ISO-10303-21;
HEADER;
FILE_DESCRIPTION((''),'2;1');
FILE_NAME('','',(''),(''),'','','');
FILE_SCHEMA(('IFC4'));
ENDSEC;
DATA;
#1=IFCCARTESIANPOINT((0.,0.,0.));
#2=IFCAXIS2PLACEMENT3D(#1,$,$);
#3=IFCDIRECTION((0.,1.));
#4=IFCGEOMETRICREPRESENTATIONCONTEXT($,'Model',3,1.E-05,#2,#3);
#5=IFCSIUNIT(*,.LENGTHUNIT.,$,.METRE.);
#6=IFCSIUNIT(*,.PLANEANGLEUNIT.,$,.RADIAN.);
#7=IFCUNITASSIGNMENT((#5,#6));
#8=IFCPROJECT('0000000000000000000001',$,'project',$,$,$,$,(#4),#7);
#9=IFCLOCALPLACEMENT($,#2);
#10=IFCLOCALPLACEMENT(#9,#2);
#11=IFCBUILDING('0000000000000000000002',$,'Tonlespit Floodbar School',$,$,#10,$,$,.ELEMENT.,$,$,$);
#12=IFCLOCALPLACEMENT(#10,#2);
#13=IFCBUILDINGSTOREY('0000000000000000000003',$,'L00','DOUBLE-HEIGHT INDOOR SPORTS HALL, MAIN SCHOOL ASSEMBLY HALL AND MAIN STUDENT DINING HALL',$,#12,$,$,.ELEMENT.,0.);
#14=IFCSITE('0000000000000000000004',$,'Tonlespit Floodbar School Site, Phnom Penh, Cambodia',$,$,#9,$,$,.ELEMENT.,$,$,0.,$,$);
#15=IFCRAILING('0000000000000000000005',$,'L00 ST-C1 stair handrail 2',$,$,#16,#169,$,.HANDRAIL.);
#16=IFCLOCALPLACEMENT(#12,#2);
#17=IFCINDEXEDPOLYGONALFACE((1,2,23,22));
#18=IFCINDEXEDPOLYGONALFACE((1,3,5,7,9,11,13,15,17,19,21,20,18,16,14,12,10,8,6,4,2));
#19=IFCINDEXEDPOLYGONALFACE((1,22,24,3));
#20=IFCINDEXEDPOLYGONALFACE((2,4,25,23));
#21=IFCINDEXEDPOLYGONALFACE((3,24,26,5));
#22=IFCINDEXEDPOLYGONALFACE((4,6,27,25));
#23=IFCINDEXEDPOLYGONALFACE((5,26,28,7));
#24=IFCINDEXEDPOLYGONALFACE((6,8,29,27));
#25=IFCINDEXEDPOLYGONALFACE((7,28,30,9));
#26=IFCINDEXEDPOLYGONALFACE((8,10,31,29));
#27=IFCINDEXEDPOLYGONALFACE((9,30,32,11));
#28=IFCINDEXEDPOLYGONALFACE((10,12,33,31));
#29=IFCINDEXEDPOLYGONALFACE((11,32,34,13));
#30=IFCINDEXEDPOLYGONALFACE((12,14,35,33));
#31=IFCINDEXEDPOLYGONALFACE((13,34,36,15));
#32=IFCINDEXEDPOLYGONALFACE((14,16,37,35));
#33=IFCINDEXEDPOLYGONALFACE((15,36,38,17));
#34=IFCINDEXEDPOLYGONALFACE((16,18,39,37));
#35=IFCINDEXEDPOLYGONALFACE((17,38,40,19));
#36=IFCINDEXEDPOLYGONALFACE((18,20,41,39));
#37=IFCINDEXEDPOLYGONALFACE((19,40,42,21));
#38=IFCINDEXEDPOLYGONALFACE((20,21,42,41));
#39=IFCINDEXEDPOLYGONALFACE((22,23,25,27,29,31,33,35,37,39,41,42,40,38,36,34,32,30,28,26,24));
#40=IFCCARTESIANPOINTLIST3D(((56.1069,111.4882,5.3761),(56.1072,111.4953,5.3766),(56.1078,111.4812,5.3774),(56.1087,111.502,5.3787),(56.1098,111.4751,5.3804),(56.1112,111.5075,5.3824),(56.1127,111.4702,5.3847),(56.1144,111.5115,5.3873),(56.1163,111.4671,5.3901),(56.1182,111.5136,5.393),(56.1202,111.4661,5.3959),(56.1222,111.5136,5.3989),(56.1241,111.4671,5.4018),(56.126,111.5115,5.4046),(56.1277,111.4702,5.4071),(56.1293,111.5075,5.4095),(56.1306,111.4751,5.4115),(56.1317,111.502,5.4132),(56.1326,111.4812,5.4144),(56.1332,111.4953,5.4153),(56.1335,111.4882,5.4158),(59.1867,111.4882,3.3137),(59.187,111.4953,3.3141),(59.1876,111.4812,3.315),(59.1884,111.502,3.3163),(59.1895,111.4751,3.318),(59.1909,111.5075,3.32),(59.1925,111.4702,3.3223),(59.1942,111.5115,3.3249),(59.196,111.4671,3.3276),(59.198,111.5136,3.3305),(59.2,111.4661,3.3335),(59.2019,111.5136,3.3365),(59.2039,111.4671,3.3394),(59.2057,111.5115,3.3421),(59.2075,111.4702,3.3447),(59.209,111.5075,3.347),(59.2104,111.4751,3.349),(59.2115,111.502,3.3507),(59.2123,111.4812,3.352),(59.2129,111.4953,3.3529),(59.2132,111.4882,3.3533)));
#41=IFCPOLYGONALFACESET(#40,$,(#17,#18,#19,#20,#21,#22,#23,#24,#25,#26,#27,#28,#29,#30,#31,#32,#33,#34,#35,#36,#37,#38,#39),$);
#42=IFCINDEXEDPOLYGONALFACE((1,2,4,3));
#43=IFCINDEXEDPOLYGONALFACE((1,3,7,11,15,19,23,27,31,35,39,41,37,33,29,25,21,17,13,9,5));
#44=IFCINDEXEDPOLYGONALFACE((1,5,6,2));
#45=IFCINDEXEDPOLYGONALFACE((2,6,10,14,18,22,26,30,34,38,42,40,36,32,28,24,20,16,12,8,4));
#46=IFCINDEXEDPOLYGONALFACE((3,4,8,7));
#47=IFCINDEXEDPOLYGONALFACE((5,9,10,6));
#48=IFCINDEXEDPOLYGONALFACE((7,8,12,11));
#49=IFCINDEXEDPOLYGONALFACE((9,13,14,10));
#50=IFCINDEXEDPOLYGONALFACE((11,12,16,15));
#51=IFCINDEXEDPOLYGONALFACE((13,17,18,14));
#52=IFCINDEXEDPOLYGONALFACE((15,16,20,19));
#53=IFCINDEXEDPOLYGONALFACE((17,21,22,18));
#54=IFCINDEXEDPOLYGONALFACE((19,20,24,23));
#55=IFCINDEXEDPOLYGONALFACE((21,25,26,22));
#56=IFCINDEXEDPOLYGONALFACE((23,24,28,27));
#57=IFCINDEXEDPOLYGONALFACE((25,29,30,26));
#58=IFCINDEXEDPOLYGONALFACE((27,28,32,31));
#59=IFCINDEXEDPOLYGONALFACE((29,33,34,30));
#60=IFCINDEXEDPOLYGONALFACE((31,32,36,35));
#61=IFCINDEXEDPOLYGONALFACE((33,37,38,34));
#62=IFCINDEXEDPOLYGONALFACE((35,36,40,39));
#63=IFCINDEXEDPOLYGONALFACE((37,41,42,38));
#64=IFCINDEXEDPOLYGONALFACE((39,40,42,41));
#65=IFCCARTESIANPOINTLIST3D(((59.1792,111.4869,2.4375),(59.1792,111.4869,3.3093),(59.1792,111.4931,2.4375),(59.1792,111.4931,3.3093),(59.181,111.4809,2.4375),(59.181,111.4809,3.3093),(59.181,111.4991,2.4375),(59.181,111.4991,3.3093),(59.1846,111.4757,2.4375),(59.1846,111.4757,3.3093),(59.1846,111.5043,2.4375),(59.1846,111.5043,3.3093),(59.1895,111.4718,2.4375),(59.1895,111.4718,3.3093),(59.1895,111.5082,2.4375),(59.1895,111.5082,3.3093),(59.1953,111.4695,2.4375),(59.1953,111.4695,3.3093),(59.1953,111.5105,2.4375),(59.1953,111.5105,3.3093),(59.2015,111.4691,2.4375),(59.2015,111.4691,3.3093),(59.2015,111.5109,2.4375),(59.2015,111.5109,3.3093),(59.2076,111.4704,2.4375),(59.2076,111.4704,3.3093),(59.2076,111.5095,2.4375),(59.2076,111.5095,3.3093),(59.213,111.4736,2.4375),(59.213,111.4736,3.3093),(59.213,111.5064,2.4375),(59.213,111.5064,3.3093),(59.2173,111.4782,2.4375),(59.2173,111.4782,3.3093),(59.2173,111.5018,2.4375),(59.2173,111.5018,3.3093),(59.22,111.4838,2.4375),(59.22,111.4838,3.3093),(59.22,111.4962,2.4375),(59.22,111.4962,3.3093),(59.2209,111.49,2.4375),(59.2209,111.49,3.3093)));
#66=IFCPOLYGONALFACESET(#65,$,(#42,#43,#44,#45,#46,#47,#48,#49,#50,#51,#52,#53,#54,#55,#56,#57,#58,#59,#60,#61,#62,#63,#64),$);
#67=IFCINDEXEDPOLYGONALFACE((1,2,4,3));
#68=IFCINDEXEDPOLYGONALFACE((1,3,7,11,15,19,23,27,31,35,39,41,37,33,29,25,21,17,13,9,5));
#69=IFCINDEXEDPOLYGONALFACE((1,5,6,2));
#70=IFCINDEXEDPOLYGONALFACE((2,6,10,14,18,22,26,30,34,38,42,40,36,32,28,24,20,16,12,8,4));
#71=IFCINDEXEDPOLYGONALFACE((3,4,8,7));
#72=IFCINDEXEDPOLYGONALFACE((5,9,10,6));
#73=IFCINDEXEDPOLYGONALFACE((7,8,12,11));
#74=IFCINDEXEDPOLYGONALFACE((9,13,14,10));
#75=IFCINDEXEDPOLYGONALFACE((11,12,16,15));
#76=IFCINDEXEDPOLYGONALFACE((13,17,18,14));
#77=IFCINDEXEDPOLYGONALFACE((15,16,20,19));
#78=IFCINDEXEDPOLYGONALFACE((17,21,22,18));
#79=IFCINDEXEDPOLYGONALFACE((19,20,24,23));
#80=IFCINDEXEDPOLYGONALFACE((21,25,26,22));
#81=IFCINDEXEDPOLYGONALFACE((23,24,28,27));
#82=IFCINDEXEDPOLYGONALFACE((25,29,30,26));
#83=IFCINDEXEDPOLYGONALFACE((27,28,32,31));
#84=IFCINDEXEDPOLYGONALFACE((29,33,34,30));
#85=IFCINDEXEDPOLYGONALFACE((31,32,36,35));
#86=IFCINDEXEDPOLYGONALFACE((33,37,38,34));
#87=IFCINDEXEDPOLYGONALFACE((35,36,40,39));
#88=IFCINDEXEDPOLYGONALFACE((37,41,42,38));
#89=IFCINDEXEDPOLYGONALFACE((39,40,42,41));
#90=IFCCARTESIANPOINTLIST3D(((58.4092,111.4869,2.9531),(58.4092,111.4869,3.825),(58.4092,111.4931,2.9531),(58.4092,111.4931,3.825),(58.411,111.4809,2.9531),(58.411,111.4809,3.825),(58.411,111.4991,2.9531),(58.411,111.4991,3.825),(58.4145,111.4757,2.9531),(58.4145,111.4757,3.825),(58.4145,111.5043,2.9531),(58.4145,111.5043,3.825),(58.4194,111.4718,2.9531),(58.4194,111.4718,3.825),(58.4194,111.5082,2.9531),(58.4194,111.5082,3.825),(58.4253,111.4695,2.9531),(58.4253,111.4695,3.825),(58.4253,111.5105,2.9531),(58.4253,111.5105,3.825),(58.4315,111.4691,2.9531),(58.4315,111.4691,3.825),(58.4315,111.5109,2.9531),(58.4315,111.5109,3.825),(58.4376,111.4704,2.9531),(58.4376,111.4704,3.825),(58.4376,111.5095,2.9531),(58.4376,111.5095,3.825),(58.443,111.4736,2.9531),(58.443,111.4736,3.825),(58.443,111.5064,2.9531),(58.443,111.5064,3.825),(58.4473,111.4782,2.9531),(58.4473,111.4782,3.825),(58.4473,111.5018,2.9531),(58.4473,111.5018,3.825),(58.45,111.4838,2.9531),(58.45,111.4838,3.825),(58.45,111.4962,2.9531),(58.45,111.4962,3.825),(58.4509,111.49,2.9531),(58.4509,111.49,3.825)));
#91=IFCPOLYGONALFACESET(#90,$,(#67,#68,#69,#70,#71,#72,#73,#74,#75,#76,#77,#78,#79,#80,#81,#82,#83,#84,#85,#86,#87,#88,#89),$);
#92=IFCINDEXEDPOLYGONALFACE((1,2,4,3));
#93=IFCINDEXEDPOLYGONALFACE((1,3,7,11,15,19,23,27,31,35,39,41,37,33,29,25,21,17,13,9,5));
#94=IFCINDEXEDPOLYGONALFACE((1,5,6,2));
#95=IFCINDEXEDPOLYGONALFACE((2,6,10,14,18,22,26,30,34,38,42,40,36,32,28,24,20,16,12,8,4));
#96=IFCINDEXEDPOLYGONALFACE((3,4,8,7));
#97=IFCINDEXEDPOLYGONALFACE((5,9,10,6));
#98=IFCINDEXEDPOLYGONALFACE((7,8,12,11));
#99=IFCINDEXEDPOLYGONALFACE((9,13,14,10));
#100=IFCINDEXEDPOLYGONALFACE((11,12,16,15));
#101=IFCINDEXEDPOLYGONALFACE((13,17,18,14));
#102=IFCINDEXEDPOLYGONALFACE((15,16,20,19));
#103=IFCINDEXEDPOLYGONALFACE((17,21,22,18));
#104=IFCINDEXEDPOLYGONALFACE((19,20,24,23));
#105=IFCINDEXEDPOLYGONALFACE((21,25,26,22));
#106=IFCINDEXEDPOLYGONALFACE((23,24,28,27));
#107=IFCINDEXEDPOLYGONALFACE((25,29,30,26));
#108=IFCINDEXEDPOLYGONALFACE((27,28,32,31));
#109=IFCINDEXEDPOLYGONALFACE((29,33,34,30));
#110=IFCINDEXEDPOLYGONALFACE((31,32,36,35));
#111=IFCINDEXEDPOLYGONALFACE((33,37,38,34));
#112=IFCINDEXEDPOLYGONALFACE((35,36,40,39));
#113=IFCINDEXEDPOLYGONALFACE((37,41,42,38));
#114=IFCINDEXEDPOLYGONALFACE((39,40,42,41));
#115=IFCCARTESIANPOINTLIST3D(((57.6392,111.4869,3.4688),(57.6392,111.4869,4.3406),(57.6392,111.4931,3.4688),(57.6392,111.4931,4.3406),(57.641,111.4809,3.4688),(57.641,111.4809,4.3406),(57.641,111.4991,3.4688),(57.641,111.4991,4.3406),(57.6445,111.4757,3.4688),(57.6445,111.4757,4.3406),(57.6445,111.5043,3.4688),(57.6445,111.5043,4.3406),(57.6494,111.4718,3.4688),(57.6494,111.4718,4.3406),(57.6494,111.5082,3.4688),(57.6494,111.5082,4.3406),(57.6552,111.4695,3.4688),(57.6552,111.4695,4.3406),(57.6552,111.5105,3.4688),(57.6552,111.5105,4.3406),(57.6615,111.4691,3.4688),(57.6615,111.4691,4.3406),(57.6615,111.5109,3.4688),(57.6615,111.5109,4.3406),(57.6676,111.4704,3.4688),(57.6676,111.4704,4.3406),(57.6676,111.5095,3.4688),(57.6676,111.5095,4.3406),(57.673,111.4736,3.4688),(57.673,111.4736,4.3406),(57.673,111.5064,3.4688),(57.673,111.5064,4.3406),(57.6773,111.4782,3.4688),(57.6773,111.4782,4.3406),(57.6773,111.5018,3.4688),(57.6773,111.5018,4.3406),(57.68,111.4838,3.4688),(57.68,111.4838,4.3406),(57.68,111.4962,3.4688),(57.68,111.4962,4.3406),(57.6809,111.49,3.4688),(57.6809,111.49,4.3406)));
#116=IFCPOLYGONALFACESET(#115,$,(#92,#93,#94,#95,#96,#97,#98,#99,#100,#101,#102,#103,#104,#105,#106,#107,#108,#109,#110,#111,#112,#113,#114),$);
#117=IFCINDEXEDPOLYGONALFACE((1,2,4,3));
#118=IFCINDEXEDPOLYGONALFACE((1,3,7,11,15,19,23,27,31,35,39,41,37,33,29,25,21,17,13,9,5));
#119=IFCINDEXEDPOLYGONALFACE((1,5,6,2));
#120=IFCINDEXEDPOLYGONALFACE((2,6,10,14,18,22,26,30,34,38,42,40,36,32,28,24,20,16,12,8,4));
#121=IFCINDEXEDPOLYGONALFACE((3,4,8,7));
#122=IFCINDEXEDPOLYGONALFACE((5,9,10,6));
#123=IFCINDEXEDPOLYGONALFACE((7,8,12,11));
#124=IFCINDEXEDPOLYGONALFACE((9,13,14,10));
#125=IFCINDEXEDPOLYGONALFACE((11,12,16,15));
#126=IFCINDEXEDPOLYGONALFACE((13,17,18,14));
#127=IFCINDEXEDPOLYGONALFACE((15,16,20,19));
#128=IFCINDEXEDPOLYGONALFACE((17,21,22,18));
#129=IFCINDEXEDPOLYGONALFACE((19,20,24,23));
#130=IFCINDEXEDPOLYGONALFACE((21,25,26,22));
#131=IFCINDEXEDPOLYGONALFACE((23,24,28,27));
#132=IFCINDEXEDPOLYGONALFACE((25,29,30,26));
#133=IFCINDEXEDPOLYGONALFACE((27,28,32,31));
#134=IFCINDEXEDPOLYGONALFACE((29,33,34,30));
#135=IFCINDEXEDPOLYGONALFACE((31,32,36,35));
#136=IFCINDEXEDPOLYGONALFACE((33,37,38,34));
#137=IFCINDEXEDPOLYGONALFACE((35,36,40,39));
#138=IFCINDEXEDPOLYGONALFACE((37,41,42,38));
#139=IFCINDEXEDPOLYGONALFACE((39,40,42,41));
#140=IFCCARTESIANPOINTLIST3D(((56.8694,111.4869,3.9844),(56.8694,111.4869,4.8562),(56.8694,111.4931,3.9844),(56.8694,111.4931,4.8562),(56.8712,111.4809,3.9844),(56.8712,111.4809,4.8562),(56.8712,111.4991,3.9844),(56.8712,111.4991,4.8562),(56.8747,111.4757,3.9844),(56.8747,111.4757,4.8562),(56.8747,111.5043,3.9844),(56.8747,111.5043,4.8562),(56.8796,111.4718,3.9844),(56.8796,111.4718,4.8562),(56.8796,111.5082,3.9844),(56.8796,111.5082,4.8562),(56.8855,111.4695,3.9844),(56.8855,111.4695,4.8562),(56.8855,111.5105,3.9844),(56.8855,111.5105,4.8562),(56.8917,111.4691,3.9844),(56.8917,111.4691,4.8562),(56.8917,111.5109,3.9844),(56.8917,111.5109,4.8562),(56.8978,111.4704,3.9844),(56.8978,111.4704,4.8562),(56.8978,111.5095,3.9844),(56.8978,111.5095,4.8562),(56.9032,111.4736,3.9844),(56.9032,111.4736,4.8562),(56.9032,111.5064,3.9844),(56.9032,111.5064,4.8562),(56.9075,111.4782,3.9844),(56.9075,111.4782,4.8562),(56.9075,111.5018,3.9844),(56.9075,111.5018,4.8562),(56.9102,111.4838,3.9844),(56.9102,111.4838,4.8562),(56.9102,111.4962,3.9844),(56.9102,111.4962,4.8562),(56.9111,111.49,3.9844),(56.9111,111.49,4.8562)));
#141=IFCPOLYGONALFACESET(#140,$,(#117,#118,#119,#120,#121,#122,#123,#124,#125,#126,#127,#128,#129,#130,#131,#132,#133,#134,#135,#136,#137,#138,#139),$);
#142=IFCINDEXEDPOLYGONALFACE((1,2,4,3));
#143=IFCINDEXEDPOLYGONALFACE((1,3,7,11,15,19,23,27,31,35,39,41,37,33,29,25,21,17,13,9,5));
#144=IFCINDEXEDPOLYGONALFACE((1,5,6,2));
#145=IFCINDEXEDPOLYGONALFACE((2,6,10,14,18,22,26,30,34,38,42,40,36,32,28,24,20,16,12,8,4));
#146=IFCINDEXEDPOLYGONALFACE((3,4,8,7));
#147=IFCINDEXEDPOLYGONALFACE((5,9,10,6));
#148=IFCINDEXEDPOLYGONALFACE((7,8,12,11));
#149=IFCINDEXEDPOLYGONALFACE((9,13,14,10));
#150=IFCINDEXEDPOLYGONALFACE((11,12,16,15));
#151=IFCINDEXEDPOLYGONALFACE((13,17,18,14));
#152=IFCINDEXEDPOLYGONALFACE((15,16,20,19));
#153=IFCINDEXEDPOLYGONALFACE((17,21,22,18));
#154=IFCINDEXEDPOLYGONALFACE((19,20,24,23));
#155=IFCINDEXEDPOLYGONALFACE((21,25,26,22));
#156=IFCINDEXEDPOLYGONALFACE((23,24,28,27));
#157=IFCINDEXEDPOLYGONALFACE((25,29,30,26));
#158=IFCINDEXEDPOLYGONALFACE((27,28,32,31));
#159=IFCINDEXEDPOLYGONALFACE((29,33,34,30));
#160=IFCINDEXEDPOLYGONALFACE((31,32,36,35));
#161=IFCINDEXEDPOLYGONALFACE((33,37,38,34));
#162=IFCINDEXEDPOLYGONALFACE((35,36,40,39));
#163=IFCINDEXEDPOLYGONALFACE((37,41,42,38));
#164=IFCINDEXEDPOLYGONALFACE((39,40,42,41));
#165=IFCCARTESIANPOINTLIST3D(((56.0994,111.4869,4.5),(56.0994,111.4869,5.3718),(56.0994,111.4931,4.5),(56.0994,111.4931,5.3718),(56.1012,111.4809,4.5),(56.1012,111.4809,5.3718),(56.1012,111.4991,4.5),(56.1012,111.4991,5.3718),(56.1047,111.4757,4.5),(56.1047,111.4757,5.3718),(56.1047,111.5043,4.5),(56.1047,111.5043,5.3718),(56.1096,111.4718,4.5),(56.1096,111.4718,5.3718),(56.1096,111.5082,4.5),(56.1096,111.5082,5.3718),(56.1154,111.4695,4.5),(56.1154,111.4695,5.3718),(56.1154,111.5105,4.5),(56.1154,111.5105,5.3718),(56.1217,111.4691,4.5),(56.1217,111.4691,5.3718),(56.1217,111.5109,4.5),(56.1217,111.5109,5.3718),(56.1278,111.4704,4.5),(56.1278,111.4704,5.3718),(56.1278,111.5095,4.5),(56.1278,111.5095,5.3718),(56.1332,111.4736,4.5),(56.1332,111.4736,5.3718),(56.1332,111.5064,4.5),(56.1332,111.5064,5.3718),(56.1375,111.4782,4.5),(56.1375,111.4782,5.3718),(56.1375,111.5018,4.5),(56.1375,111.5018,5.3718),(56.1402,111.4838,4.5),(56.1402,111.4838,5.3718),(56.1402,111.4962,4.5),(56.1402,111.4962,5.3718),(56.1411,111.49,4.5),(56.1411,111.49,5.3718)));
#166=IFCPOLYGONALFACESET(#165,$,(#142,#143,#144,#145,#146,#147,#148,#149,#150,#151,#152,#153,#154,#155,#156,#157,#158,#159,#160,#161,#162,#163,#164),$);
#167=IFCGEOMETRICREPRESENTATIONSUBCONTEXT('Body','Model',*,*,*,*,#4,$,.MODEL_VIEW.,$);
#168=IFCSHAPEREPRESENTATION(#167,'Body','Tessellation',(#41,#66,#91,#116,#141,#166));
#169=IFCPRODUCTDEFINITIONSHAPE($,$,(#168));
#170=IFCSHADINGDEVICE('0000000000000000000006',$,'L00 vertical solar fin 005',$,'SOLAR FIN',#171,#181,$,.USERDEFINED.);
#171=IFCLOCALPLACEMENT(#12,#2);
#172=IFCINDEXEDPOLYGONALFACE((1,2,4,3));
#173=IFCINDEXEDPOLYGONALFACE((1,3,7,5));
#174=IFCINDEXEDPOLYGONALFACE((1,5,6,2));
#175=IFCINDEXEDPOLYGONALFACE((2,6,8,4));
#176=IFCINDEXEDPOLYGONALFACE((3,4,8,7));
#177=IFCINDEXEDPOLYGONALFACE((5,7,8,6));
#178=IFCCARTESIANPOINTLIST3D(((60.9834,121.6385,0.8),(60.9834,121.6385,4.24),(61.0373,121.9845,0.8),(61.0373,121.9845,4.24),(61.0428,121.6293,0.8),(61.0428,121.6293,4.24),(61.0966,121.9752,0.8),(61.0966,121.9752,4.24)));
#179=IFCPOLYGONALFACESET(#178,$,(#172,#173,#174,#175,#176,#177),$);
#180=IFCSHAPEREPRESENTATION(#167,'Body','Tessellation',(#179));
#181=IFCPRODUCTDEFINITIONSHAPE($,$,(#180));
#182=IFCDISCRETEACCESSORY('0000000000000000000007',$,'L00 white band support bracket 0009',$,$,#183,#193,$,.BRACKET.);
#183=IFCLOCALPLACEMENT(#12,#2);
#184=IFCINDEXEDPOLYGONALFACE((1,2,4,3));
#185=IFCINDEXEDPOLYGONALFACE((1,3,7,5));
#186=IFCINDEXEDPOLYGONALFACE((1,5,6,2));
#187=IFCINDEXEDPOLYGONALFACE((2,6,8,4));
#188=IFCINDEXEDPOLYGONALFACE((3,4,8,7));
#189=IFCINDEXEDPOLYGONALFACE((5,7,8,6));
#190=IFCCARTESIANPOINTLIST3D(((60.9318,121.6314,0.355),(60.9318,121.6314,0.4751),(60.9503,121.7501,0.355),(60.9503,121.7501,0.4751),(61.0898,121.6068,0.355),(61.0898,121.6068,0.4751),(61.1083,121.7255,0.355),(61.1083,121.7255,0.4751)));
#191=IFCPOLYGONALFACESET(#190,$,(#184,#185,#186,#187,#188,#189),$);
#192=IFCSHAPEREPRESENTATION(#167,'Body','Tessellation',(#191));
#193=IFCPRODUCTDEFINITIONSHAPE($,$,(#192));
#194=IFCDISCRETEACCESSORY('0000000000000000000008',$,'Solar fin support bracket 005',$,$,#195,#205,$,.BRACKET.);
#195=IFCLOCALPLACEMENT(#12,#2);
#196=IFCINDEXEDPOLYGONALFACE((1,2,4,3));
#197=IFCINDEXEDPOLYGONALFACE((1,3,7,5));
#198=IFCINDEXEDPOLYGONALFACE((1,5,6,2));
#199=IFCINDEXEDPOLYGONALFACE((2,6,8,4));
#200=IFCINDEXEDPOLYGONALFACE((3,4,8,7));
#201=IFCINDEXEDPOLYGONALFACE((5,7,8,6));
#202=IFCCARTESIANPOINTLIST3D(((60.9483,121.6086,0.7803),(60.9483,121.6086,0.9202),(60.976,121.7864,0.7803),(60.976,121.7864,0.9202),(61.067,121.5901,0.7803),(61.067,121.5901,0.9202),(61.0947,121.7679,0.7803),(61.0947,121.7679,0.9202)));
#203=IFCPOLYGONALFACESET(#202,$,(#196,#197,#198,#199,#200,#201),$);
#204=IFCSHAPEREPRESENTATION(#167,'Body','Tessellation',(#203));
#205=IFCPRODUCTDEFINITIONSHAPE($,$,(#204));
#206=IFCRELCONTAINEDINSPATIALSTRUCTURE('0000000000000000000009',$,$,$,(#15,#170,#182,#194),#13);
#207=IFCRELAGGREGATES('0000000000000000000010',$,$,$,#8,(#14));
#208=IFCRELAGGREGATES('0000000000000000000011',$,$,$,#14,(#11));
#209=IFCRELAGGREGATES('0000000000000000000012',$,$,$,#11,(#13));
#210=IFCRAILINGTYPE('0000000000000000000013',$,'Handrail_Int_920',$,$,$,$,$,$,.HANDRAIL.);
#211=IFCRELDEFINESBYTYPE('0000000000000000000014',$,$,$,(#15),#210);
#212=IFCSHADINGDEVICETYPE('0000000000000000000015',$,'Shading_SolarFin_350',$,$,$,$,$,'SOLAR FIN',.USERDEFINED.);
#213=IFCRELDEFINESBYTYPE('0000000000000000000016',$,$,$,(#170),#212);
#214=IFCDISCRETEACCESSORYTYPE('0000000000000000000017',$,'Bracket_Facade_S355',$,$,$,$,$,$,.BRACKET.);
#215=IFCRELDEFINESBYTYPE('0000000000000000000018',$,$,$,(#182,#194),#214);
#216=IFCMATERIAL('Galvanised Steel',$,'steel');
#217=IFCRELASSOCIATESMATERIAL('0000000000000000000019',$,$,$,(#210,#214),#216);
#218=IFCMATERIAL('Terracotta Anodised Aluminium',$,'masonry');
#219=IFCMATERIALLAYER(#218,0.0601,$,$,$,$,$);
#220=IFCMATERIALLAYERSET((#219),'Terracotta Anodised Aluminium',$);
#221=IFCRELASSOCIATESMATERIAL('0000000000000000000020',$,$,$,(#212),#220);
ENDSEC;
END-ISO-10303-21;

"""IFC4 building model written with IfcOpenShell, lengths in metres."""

from ifc_helpers import new_model, si_unit, direction, frame, origin, origin_2d, place, context, subcontext, project, spatial, rectangle, circle, extrude, material, layer, layer_set, type_object, element, save


model = new_model("IFC4")

# Units and contexts
model_context = context("Model", 3, precision=1e-05, world=origin(), true_north=direction((0.0, 1.0)))
body_context = subcontext(model_context, "Body", "Model", "MODEL_VIEW")
ifc_project = project(units=[si_unit("LENGTHUNIT", "METRE"), si_unit("PLANEANGLEUNIT", "RADIAN")], contexts=[model_context])

# Site, building, storey
site_placement = place(None, origin())
site = spatial("IfcSite", under=ifc_project, at=site_placement, Name="Tonlespit Floodbar School Site, Phnom Penh, Cambodia", CompositionType="ELEMENT", RefElevation=0.0)
building_placement = place(site_placement, origin())
building = spatial("IfcBuilding", under=site, at=building_placement, Name="Tonlespit Floodbar School", CompositionType="ELEMENT")
storey_placement = place(building_placement, origin())
storey = spatial("IfcBuildingStorey", under=building, at=storey_placement, Name="L00", Description="DOUBLE-HEIGHT INDOOR SPORTS HALL, MAIN SCHOOL ASSEMBLY HALL AND MAIN STUDENT DINING HALL", CompositionType="ELEMENT", Elevation=0.0)

# Railing
ifc_material_1 = material(Name="Galvanised Steel", Category="steel")
railing_type = type_object("IfcRailingType", Name="Handrail_Int_920", PredefinedType="HANDRAIL", material=ifc_material_1)
railing_placement = place(storey_placement, frame((59.2, 111.49, 2.4375)))
element("IfcRailing", 1, at=railing_placement, inside=storey, type_object=railing_type, Name="L00 ST-C1 stair handrail 2", PredefinedType="HANDRAIL", context=body_context, shape_type="SweptSolid", body=[
    extrude(circle(Radius=0.0239, at=origin_2d()), frame((0.0, 0.0, 0.896), z_axis=(-0.830893, 0.0, 0.556432), x_axis=(0.0, -1.0, 0.0)), (0.0, 0.0, 1.0), 3.7065),
    extrude(circle(Radius=0.021, at=origin_2d()), origin(), (0.0, 0.0, 1.0), 0.8718),
    extrude(circle(Radius=0.021, at=origin_2d()), frame((-0.77, 0.0, 0.5156)), (0.0, 0.0, 1.0), 0.8718),
    extrude(circle(Radius=0.021, at=origin_2d()), frame((-1.54, 0.0, 1.0312)), (0.0, 0.0, 1.0), 0.8718),
    extrude(circle(Radius=0.021, at=origin_2d()), frame((-2.3098, 0.0, 1.5469)), (0.0, 0.0, 1.0), 0.8718),
    extrude(circle(Radius=0.021, at=origin_2d()), frame((-3.0798, 0.0, 2.0625)), (0.0, 0.0, 1.0), 0.8718),
])

# Shading device
ifc_material_2 = material(Name="Terracotta Anodised Aluminium", Category="masonry")
ifc_layer_1 = layer(ifc_material_2, 0.0601)
ifc_layer_set_1 = layer_set([ifc_layer_1], Name="Terracotta Anodised Aluminium")
shading_device_type = type_object("IfcShadingDeviceType", Name="Shading_SolarFin_350", ElementType="SOLAR FIN", PredefinedType="USERDEFINED", material=ifc_layer_set_1)
shading_device_placement = place(storey_placement, frame((61.04, 121.8069, 0.8), z_axis=(0.0, 0.0, 1.0), x_axis=(0.988095, -0.153846, 0.0)))
element("IfcShadingDevice", 2, at=shading_device_placement, inside=storey, type_object=shading_device_type, Name="L00 vertical solar fin 005", ObjectType="SOLAR FIN", PredefinedType="USERDEFINED", context=body_context, shape_type="SweptSolid", body=[
    extrude(rectangle(XDim=0.0601, YDim=0.3501, at=origin_2d()), origin(), (0.0, 0.0, 1.0), 3.4399),
])

# Discrete accessories
discrete_accessory_type = type_object("IfcDiscreteAccessoryType", Name="Bracket_Facade_S355", PredefinedType="BRACKET", material=ifc_material_1)
discrete_accessory_1_placement = place(storey_placement, frame((61.02, 121.6785, 0.355), z_axis=(0.0, 0.0, 1.0), x_axis=(0.988095, -0.153846, 0.0)))
element("IfcDiscreteAccessory", 3, at=discrete_accessory_1_placement, inside=storey, type_object=discrete_accessory_type, Name="L00 white band support bracket 0009", PredefinedType="BRACKET", context=body_context, shape_type="SweptSolid", body=[
    extrude(rectangle(XDim=0.1599, YDim=0.1201, at=origin_2d()), origin(), (0.0, 0.0, 1.0), 0.1201),
])
discrete_accessory_2_placement = place(storey_placement, frame((61.0215, 121.6882, 0.7803), z_axis=(0.0, 0.0, 1.0), x_axis=(0.988095, -0.153846, 0.0)))
element("IfcDiscreteAccessory", 4, at=discrete_accessory_2_placement, inside=storey, type_object=discrete_accessory_type, Name="Solar fin support bracket 005", PredefinedType="BRACKET", context=body_context, shape_type="SweptSolid", body=[
    extrude(rectangle(XDim=0.1201, YDim=0.1799, at=origin_2d()), origin(), (0.0, 0.0, 1.0), 0.1399),
])

save(model, "model.ifc")
